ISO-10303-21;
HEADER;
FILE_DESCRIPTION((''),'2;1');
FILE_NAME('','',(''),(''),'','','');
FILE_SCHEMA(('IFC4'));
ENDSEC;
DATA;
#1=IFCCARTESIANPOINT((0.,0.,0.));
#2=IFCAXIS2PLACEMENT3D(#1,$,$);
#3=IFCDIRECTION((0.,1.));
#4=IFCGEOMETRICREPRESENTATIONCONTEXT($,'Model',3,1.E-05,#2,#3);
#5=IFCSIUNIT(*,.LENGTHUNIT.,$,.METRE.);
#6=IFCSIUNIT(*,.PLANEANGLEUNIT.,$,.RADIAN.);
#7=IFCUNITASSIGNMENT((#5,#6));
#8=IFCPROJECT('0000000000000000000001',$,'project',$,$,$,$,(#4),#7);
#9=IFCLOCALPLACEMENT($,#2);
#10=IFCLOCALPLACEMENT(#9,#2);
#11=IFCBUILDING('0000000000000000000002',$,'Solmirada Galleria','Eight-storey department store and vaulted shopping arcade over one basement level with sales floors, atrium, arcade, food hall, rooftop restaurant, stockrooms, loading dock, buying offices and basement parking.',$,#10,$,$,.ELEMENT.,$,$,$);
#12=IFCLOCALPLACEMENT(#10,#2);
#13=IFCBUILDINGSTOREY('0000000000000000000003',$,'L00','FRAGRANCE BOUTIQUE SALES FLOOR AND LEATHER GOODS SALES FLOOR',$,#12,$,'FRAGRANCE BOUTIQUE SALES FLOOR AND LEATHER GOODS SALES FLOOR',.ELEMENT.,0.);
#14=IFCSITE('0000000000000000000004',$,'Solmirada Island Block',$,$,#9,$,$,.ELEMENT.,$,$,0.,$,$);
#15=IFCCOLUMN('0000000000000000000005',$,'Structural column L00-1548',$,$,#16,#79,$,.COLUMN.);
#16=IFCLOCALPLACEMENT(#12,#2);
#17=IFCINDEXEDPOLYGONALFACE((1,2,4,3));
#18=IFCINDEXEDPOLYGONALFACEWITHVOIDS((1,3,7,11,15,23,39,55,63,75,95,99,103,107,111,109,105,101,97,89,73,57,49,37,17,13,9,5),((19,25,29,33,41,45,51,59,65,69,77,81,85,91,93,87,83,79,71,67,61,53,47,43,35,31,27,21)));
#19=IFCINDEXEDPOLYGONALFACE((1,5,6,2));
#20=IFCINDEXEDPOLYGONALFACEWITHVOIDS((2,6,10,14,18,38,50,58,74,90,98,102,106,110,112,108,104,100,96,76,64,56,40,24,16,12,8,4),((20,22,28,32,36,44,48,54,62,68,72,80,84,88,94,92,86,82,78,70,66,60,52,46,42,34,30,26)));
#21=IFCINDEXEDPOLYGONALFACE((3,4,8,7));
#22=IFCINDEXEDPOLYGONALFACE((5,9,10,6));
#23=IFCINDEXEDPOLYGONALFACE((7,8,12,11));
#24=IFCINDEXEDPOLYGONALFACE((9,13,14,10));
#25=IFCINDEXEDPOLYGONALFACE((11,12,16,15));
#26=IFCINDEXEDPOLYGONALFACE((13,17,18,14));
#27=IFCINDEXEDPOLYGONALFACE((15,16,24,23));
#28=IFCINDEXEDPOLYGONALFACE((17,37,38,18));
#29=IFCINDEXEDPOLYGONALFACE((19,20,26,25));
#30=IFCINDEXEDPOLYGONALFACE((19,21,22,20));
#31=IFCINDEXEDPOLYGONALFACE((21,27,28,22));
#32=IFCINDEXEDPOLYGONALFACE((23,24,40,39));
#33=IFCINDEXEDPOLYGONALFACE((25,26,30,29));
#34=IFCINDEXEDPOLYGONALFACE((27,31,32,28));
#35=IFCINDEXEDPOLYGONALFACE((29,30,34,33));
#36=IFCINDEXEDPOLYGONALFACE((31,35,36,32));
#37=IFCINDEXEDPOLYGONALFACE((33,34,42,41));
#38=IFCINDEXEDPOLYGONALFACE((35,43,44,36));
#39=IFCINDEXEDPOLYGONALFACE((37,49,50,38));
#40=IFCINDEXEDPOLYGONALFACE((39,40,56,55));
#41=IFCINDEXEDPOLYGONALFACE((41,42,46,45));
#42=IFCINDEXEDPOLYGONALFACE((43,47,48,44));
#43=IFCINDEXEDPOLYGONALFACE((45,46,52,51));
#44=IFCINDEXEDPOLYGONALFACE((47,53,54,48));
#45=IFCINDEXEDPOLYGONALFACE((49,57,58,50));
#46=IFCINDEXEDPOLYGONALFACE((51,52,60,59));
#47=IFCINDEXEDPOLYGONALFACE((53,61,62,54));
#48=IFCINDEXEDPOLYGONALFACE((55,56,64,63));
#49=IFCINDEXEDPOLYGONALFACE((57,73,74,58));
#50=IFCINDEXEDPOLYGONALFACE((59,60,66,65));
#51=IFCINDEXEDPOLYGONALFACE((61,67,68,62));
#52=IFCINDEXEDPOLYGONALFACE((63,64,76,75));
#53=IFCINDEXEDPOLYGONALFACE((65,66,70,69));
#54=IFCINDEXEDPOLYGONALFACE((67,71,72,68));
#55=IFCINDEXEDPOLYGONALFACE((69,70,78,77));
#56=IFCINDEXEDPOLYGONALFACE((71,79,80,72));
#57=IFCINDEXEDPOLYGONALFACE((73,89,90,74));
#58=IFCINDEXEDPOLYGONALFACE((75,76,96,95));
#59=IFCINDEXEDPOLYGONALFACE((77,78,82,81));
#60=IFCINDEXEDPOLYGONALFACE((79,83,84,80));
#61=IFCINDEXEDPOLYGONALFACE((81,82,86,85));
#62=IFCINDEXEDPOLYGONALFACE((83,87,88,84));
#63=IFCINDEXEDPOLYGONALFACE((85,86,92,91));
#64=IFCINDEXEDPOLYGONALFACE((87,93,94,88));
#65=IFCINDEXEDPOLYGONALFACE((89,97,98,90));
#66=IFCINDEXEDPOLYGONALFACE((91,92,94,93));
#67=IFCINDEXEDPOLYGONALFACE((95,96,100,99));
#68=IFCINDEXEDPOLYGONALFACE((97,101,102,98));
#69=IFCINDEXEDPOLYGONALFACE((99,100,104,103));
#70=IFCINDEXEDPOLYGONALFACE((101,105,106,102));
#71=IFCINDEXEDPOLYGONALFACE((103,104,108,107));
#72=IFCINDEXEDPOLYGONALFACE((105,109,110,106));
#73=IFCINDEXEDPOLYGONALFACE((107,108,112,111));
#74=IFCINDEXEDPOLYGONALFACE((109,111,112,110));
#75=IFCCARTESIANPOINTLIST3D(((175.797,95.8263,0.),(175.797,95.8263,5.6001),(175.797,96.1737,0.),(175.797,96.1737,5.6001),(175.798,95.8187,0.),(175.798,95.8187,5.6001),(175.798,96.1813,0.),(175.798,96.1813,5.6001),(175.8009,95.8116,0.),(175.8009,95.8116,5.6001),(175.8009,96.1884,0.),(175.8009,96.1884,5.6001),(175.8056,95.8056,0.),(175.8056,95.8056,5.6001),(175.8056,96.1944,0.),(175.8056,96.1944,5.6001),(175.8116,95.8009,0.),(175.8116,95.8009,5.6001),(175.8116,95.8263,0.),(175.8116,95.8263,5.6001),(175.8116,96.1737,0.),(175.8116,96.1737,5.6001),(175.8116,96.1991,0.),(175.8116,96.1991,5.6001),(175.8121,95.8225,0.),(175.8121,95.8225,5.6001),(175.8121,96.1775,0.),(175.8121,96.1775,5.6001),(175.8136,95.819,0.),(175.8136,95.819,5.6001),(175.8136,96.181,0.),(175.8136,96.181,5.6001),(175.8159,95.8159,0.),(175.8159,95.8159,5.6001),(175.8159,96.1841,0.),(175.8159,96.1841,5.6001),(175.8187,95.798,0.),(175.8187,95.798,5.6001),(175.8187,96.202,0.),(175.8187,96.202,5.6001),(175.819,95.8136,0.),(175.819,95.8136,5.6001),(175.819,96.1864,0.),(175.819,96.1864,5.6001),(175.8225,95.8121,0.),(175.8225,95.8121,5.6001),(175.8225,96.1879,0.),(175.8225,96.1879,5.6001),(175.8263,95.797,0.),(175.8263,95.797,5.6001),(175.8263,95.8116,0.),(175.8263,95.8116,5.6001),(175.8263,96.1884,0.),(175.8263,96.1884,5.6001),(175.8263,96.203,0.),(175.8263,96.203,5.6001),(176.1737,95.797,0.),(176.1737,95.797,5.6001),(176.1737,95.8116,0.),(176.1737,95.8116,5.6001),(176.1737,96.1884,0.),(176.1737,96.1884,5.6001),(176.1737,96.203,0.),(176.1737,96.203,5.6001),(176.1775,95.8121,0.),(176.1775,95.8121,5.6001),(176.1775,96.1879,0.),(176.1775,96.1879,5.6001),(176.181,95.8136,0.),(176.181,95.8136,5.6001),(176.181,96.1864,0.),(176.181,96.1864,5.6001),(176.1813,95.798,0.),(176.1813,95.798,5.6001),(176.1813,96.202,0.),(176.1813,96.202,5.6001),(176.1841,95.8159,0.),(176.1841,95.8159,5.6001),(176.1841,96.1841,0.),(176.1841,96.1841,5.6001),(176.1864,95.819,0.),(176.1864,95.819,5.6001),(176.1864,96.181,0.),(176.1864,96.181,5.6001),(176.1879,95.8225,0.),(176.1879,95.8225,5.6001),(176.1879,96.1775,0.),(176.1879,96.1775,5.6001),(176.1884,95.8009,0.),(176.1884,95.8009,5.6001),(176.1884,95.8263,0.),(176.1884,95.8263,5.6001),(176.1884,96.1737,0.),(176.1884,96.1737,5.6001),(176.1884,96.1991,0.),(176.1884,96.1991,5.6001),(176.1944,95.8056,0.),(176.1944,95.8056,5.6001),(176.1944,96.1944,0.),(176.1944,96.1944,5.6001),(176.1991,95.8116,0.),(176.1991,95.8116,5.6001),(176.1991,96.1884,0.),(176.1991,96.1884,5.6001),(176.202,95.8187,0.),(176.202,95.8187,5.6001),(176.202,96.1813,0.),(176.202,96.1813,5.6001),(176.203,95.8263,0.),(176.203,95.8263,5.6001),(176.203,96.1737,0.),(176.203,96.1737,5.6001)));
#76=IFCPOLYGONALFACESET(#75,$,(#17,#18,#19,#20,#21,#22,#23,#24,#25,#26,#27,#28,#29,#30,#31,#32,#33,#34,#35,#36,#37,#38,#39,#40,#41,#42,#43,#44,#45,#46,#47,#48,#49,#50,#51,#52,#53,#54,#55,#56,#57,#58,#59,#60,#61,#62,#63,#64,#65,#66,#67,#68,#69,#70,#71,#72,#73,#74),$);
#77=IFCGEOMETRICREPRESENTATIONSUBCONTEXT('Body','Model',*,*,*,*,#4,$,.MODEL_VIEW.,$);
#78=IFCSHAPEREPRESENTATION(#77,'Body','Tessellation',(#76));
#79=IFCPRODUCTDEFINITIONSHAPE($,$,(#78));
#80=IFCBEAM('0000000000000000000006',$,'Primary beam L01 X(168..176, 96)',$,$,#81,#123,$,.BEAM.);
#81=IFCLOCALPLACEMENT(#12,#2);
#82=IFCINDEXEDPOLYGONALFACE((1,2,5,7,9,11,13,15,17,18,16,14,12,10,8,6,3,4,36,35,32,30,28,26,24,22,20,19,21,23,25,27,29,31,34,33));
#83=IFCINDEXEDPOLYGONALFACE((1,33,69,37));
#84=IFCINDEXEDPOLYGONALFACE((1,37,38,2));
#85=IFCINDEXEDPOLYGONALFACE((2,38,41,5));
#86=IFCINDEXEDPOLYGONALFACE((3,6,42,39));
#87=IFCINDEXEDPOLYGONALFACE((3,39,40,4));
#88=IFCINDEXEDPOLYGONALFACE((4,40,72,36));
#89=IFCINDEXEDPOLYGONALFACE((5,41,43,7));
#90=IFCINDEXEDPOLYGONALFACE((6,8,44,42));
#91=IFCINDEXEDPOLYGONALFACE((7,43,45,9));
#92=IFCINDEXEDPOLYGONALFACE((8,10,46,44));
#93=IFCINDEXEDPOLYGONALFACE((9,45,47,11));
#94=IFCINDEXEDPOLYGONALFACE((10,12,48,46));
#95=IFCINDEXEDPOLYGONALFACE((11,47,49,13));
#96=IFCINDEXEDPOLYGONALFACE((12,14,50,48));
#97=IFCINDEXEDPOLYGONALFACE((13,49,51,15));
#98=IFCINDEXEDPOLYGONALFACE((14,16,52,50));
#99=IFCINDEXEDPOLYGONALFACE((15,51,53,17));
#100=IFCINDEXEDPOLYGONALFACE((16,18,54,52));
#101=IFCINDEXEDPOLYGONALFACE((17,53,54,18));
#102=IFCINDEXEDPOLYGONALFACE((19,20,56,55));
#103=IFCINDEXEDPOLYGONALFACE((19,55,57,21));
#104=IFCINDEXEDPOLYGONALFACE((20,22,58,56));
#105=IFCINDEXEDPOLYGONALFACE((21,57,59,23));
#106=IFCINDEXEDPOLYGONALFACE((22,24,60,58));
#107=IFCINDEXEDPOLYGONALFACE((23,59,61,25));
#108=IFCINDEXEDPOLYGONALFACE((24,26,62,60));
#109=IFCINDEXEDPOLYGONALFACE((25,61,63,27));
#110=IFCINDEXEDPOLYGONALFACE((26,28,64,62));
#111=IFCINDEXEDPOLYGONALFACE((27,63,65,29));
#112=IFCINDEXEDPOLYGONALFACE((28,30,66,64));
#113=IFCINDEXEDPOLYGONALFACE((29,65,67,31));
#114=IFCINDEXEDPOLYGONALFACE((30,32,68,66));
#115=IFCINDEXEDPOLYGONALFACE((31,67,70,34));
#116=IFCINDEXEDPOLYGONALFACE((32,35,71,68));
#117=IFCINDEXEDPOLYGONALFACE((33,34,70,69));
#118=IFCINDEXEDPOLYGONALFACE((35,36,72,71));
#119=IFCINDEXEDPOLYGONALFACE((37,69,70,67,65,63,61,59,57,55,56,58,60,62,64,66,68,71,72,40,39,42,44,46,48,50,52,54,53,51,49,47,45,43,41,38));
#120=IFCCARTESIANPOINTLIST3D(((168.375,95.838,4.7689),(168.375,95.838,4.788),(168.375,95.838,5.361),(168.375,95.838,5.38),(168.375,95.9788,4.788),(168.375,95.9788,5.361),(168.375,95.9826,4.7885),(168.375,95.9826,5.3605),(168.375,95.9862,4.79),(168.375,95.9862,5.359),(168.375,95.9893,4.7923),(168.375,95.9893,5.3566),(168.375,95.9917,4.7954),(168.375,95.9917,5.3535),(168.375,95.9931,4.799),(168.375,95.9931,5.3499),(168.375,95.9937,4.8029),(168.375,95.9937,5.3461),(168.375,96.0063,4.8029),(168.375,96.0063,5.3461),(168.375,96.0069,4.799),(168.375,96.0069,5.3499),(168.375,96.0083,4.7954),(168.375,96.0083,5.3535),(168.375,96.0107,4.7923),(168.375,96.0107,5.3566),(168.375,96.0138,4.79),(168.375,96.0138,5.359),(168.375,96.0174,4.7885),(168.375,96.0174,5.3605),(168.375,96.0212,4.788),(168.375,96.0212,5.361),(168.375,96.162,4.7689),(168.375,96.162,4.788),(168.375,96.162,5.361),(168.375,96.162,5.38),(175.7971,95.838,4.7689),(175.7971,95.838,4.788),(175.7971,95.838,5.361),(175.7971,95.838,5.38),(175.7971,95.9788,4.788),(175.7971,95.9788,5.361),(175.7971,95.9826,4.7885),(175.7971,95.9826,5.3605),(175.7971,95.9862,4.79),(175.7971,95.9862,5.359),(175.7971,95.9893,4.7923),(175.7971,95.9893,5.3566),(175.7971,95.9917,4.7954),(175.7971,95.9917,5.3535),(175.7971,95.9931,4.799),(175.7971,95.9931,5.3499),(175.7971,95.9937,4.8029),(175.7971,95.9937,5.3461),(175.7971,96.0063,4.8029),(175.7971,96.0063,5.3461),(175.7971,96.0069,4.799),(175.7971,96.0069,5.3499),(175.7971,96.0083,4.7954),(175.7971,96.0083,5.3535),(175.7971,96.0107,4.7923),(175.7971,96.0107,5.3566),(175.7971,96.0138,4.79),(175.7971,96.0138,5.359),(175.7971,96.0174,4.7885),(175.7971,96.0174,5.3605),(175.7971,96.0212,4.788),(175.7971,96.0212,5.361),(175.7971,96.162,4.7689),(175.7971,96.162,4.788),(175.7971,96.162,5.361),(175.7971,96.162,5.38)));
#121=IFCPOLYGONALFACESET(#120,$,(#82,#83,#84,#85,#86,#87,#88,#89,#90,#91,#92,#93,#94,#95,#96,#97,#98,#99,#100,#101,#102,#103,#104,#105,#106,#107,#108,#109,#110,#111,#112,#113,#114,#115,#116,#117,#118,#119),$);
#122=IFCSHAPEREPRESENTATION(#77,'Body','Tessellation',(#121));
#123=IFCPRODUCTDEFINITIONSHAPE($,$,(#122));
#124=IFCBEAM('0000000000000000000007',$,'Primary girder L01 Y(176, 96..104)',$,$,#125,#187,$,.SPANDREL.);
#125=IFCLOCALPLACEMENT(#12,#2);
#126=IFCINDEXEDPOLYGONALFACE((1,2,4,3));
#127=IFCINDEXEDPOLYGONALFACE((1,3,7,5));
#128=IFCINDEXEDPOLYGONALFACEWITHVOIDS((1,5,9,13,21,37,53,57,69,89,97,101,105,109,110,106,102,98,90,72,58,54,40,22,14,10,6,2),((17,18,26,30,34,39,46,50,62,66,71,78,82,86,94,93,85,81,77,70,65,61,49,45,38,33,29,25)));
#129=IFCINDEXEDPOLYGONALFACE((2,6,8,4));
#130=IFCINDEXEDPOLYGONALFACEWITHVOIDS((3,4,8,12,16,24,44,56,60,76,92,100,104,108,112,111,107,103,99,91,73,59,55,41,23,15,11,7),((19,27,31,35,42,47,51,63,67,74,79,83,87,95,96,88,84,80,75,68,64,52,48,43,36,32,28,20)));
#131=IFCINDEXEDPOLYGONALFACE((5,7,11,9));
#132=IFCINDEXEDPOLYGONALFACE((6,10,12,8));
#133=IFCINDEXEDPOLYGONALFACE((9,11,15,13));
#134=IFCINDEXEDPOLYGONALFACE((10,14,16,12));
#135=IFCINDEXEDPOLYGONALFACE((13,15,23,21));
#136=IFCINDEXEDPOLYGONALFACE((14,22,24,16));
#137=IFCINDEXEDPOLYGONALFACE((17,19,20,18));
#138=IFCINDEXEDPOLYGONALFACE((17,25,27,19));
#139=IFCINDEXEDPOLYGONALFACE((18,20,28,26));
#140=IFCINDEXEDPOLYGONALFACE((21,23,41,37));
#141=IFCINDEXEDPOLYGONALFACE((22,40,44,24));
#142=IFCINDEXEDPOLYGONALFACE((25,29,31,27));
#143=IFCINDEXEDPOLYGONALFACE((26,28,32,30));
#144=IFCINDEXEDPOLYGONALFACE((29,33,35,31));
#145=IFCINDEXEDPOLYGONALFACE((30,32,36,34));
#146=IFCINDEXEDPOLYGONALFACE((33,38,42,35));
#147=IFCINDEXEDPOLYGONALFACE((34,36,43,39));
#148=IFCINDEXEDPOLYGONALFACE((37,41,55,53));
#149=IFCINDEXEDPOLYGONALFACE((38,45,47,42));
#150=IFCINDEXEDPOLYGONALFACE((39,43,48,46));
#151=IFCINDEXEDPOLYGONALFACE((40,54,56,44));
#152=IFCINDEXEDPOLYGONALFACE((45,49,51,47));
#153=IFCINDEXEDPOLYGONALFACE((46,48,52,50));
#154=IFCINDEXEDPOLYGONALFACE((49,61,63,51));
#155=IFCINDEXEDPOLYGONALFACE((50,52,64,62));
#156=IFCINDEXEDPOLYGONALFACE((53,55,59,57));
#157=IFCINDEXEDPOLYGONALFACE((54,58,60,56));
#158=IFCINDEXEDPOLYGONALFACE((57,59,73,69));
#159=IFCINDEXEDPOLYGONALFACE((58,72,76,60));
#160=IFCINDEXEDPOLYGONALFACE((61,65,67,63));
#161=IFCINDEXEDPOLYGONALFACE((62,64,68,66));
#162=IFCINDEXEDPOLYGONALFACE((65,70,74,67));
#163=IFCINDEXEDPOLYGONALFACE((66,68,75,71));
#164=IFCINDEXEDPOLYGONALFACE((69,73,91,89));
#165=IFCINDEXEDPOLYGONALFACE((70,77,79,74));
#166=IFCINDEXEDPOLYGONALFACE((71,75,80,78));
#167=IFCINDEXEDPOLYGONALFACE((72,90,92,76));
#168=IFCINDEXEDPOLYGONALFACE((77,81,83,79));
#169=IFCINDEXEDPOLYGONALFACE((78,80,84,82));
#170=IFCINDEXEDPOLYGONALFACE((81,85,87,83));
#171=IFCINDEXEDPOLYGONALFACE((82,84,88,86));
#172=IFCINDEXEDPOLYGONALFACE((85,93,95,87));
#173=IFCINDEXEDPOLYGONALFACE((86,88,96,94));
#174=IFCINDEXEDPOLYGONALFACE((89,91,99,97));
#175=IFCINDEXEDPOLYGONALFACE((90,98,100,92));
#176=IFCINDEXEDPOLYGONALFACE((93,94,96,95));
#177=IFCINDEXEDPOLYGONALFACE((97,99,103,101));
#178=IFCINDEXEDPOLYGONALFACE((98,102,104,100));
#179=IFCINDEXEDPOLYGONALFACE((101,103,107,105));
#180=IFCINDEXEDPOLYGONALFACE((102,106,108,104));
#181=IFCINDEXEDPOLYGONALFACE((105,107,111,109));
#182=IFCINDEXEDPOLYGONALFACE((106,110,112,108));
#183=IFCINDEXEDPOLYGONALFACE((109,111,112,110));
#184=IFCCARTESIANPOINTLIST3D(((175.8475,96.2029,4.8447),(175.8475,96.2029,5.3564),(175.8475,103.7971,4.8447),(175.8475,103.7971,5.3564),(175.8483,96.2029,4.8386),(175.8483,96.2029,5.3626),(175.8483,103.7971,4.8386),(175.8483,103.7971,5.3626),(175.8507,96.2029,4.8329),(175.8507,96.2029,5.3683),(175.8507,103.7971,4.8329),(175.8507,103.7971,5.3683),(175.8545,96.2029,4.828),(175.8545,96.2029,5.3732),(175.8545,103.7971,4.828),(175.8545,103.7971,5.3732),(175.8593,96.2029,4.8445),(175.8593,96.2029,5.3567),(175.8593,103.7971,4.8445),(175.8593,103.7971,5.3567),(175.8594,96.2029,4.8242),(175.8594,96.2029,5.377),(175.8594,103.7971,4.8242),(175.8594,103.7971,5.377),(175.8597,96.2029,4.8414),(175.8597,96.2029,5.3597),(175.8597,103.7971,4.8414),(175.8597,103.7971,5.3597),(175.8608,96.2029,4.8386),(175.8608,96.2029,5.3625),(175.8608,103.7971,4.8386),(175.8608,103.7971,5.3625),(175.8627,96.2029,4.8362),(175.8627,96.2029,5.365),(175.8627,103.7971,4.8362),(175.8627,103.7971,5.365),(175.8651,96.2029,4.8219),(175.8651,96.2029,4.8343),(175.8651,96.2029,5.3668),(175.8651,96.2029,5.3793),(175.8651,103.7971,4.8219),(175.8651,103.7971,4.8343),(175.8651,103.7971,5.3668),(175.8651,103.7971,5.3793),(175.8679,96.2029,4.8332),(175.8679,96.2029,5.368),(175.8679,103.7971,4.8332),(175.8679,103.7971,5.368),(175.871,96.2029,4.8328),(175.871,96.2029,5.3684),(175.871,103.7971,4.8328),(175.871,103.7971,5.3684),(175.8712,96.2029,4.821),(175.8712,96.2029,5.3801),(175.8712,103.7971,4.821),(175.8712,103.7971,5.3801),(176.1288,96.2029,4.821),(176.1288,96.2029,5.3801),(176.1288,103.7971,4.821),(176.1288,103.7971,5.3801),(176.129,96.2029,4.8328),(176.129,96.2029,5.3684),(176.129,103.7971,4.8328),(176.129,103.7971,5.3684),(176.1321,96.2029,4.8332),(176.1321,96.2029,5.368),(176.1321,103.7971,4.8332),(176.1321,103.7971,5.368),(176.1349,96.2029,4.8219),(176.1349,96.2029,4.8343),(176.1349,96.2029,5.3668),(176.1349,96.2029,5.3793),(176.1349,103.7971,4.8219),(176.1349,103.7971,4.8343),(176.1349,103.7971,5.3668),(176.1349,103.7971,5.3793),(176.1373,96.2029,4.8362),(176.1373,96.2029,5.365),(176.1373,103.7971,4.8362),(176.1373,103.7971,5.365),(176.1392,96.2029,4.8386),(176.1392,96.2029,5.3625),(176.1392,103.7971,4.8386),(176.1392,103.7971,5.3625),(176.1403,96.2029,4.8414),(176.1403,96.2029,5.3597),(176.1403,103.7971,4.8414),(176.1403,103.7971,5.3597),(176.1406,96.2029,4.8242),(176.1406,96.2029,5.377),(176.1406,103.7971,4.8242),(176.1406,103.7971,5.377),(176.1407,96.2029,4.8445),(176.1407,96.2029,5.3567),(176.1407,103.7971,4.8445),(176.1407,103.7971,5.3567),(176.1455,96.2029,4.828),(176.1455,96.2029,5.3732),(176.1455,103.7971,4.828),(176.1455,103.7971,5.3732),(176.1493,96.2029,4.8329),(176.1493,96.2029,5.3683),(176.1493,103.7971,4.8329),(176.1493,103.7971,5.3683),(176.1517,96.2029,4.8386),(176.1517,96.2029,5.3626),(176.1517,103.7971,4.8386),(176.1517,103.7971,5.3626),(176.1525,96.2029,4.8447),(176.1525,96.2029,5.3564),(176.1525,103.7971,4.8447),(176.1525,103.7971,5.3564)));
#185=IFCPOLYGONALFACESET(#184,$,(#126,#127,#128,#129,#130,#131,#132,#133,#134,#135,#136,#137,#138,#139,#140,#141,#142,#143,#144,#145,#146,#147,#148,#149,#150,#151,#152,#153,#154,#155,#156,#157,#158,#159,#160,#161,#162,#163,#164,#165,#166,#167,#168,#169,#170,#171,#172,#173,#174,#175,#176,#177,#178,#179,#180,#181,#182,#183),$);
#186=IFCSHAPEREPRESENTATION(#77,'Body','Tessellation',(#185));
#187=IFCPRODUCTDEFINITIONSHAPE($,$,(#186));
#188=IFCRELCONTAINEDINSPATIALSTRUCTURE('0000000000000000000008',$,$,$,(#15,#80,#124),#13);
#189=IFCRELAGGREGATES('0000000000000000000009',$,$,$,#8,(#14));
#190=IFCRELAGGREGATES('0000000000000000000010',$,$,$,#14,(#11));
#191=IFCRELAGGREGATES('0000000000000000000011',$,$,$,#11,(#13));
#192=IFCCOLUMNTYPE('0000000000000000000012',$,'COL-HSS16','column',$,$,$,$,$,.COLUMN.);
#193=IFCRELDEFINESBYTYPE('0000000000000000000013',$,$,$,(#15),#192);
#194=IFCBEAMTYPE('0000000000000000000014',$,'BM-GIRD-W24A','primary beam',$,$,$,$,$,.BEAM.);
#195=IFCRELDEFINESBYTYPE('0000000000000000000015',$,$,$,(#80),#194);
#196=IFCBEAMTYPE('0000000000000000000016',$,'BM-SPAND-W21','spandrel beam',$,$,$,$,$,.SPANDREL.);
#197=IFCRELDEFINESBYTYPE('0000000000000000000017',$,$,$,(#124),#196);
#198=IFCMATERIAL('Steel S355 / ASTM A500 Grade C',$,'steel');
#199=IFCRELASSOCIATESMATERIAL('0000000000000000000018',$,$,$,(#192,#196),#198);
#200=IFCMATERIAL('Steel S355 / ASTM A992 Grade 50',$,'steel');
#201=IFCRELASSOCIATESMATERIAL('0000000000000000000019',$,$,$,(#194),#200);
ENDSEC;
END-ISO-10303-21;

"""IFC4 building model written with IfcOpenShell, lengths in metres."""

from ifc_helpers import new_model, si_unit, direction, frame, origin, origin_2d, place, context, subcontext, project, spatial, hollow_rectangle, i_section, extrude, material, material_profile, profile_set, type_object, element, save


model = new_model("IFC4")

# Units and contexts
model_context = context("Model", 3, precision=1e-05, world=origin(), true_north=direction((0.0, 1.0)))
body_context = subcontext(model_context, "Body", "Model", "MODEL_VIEW")
ifc_project = project(units=[si_unit("LENGTHUNIT", "METRE"), si_unit("PLANEANGLEUNIT", "RADIAN")], contexts=[model_context])

# Site, building, storey
site_placement = place(None, origin())
site = spatial("IfcSite", under=ifc_project, at=site_placement, Name="Solmirada Island Block", CompositionType="ELEMENT", RefElevation=0.0)
building_placement = place(site_placement, origin())
building = spatial("IfcBuilding", under=site, at=building_placement, Name="Solmirada Galleria", Description="Eight-storey department store and vaulted shopping arcade over one basement level with sales floors, atrium, arcade, food hall, rooftop restaurant, stockrooms, loading dock, buying offices and basement parking.", CompositionType="ELEMENT")
storey_placement = place(building_placement, origin())
storey = spatial("IfcBuildingStorey", under=building, at=storey_placement, Name="L00", Description="FRAGRANCE BOUTIQUE SALES FLOOR AND LEATHER GOODS SALES FLOOR", LongName="FRAGRANCE BOUTIQUE SALES FLOOR AND LEATHER GOODS SALES FLOOR", CompositionType="ELEMENT", Elevation=0.0)

# Column
ifc_material_1 = material(Name="Steel S355 / ASTM A500 Grade C", Category="steel")
ifc_material_profile_1 = material_profile(ifc_material_1, hollow_rectangle(XDim=0.406, YDim=0.406, WallThickness=0.0146, InnerFilletRadius=0.0146, OuterFilletRadius=0.0293, at=origin_2d()), Name="HSS16X16X5/8")
ifc_profile_set_1 = profile_set([ifc_material_profile_1], Name="Steel S355 / ASTM A500 Grade C")
column_type = type_object("IfcColumnType", Name="COL-HSS16", Description="column", PredefinedType="COLUMN", material=ifc_profile_set_1)
column_placement = place(storey_placement, frame((176.0, 96.0, 0.0), z_axis=(0.0, 0.0, 1.0), x_axis=(1.0, 0.0, 0.0)))
element("IfcColumn", 1, at=column_placement, inside=storey, type_object=column_type, Name="Structural column L00-1548", PredefinedType="COLUMN", context=body_context, shape_type="SweptSolid", body=[
    extrude(hollow_rectangle(XDim=0.406, YDim=0.406, WallThickness=0.0146, InnerFilletRadius=0.0146, OuterFilletRadius=0.0293, at=origin_2d()), origin(), (0.0, 0.0, 1.0), 5.6001),
])

# Beams
ifc_material_2 = material(Name="Steel S355 / ASTM A992 Grade 50", Category="steel")
ifc_material_profile_2 = material_profile(ifc_material_2, i_section(OverallWidth=0.324, OverallDepth=0.6111, WebThickness=0.0127, FlangeThickness=0.019, FilletRadius=0.0149, at=origin_2d()), Name="W24X104")
ifc_profile_set_2 = profile_set([ifc_material_profile_2], Name="Steel S355 / ASTM A992 Grade 50")
beam_type_1 = type_object("IfcBeamType", Name="BM-GIRD-W24A", Description="primary beam", PredefinedType="BEAM", material=ifc_profile_set_2)
beam_1_placement = place(storey_placement, frame((168.375, 96.0, 5.0745), z_axis=(1.0, 0.0, 0.0), x_axis=(0.0, 1.0, 0.0)))
element("IfcBeam", 2, at=beam_1_placement, inside=storey, type_object=beam_type_1, Name="Primary beam L01 X(168..176, 96)", PredefinedType="BEAM", context=body_context, shape_type="SweptSolid", body=[
    extrude(i_section(OverallWidth=0.324, OverallDepth=0.6111, WebThickness=0.0127, FlangeThickness=0.019, FilletRadius=0.0149, at=origin_2d()), origin(), (0.0, 0.0, 1.0), 7.4221),
])
ifc_material_profile_3 = material_profile(ifc_material_1, hollow_rectangle(XDim=0.3049, YDim=0.5591, WallThickness=0.0117, InnerFilletRadius=0.0117, OuterFilletRadius=0.0237, at=origin_2d()), Name="HSS22X12X1/2")
ifc_profile_set_3 = profile_set([ifc_material_profile_3], Name="Steel S355 / ASTM A500 Grade C")
beam_type_2 = type_object("IfcBeamType", Name="BM-SPAND-W21", Description="spandrel beam", PredefinedType="SPANDREL", material=ifc_profile_set_3)
beam_2_placement = place(storey_placement, frame((176.0, 96.2029, 5.1006), z_axis=(0.0, 1.0, 0.0), x_axis=(-1.0, 0.0, 0.0)))
element("IfcBeam", 3, at=beam_2_placement, inside=storey, type_object=beam_type_2, Name="Primary girder L01 Y(176, 96..104)", PredefinedType="SPANDREL", context=body_context, shape_type="SweptSolid", body=[
    extrude(hollow_rectangle(XDim=0.3049, YDim=0.5591, WallThickness=0.0117, InnerFilletRadius=0.0117, OuterFilletRadius=0.0237, at=origin_2d()), origin(), (0.0, 0.0, 1.0), 7.5942),
])

save(model, "model.ifc")
